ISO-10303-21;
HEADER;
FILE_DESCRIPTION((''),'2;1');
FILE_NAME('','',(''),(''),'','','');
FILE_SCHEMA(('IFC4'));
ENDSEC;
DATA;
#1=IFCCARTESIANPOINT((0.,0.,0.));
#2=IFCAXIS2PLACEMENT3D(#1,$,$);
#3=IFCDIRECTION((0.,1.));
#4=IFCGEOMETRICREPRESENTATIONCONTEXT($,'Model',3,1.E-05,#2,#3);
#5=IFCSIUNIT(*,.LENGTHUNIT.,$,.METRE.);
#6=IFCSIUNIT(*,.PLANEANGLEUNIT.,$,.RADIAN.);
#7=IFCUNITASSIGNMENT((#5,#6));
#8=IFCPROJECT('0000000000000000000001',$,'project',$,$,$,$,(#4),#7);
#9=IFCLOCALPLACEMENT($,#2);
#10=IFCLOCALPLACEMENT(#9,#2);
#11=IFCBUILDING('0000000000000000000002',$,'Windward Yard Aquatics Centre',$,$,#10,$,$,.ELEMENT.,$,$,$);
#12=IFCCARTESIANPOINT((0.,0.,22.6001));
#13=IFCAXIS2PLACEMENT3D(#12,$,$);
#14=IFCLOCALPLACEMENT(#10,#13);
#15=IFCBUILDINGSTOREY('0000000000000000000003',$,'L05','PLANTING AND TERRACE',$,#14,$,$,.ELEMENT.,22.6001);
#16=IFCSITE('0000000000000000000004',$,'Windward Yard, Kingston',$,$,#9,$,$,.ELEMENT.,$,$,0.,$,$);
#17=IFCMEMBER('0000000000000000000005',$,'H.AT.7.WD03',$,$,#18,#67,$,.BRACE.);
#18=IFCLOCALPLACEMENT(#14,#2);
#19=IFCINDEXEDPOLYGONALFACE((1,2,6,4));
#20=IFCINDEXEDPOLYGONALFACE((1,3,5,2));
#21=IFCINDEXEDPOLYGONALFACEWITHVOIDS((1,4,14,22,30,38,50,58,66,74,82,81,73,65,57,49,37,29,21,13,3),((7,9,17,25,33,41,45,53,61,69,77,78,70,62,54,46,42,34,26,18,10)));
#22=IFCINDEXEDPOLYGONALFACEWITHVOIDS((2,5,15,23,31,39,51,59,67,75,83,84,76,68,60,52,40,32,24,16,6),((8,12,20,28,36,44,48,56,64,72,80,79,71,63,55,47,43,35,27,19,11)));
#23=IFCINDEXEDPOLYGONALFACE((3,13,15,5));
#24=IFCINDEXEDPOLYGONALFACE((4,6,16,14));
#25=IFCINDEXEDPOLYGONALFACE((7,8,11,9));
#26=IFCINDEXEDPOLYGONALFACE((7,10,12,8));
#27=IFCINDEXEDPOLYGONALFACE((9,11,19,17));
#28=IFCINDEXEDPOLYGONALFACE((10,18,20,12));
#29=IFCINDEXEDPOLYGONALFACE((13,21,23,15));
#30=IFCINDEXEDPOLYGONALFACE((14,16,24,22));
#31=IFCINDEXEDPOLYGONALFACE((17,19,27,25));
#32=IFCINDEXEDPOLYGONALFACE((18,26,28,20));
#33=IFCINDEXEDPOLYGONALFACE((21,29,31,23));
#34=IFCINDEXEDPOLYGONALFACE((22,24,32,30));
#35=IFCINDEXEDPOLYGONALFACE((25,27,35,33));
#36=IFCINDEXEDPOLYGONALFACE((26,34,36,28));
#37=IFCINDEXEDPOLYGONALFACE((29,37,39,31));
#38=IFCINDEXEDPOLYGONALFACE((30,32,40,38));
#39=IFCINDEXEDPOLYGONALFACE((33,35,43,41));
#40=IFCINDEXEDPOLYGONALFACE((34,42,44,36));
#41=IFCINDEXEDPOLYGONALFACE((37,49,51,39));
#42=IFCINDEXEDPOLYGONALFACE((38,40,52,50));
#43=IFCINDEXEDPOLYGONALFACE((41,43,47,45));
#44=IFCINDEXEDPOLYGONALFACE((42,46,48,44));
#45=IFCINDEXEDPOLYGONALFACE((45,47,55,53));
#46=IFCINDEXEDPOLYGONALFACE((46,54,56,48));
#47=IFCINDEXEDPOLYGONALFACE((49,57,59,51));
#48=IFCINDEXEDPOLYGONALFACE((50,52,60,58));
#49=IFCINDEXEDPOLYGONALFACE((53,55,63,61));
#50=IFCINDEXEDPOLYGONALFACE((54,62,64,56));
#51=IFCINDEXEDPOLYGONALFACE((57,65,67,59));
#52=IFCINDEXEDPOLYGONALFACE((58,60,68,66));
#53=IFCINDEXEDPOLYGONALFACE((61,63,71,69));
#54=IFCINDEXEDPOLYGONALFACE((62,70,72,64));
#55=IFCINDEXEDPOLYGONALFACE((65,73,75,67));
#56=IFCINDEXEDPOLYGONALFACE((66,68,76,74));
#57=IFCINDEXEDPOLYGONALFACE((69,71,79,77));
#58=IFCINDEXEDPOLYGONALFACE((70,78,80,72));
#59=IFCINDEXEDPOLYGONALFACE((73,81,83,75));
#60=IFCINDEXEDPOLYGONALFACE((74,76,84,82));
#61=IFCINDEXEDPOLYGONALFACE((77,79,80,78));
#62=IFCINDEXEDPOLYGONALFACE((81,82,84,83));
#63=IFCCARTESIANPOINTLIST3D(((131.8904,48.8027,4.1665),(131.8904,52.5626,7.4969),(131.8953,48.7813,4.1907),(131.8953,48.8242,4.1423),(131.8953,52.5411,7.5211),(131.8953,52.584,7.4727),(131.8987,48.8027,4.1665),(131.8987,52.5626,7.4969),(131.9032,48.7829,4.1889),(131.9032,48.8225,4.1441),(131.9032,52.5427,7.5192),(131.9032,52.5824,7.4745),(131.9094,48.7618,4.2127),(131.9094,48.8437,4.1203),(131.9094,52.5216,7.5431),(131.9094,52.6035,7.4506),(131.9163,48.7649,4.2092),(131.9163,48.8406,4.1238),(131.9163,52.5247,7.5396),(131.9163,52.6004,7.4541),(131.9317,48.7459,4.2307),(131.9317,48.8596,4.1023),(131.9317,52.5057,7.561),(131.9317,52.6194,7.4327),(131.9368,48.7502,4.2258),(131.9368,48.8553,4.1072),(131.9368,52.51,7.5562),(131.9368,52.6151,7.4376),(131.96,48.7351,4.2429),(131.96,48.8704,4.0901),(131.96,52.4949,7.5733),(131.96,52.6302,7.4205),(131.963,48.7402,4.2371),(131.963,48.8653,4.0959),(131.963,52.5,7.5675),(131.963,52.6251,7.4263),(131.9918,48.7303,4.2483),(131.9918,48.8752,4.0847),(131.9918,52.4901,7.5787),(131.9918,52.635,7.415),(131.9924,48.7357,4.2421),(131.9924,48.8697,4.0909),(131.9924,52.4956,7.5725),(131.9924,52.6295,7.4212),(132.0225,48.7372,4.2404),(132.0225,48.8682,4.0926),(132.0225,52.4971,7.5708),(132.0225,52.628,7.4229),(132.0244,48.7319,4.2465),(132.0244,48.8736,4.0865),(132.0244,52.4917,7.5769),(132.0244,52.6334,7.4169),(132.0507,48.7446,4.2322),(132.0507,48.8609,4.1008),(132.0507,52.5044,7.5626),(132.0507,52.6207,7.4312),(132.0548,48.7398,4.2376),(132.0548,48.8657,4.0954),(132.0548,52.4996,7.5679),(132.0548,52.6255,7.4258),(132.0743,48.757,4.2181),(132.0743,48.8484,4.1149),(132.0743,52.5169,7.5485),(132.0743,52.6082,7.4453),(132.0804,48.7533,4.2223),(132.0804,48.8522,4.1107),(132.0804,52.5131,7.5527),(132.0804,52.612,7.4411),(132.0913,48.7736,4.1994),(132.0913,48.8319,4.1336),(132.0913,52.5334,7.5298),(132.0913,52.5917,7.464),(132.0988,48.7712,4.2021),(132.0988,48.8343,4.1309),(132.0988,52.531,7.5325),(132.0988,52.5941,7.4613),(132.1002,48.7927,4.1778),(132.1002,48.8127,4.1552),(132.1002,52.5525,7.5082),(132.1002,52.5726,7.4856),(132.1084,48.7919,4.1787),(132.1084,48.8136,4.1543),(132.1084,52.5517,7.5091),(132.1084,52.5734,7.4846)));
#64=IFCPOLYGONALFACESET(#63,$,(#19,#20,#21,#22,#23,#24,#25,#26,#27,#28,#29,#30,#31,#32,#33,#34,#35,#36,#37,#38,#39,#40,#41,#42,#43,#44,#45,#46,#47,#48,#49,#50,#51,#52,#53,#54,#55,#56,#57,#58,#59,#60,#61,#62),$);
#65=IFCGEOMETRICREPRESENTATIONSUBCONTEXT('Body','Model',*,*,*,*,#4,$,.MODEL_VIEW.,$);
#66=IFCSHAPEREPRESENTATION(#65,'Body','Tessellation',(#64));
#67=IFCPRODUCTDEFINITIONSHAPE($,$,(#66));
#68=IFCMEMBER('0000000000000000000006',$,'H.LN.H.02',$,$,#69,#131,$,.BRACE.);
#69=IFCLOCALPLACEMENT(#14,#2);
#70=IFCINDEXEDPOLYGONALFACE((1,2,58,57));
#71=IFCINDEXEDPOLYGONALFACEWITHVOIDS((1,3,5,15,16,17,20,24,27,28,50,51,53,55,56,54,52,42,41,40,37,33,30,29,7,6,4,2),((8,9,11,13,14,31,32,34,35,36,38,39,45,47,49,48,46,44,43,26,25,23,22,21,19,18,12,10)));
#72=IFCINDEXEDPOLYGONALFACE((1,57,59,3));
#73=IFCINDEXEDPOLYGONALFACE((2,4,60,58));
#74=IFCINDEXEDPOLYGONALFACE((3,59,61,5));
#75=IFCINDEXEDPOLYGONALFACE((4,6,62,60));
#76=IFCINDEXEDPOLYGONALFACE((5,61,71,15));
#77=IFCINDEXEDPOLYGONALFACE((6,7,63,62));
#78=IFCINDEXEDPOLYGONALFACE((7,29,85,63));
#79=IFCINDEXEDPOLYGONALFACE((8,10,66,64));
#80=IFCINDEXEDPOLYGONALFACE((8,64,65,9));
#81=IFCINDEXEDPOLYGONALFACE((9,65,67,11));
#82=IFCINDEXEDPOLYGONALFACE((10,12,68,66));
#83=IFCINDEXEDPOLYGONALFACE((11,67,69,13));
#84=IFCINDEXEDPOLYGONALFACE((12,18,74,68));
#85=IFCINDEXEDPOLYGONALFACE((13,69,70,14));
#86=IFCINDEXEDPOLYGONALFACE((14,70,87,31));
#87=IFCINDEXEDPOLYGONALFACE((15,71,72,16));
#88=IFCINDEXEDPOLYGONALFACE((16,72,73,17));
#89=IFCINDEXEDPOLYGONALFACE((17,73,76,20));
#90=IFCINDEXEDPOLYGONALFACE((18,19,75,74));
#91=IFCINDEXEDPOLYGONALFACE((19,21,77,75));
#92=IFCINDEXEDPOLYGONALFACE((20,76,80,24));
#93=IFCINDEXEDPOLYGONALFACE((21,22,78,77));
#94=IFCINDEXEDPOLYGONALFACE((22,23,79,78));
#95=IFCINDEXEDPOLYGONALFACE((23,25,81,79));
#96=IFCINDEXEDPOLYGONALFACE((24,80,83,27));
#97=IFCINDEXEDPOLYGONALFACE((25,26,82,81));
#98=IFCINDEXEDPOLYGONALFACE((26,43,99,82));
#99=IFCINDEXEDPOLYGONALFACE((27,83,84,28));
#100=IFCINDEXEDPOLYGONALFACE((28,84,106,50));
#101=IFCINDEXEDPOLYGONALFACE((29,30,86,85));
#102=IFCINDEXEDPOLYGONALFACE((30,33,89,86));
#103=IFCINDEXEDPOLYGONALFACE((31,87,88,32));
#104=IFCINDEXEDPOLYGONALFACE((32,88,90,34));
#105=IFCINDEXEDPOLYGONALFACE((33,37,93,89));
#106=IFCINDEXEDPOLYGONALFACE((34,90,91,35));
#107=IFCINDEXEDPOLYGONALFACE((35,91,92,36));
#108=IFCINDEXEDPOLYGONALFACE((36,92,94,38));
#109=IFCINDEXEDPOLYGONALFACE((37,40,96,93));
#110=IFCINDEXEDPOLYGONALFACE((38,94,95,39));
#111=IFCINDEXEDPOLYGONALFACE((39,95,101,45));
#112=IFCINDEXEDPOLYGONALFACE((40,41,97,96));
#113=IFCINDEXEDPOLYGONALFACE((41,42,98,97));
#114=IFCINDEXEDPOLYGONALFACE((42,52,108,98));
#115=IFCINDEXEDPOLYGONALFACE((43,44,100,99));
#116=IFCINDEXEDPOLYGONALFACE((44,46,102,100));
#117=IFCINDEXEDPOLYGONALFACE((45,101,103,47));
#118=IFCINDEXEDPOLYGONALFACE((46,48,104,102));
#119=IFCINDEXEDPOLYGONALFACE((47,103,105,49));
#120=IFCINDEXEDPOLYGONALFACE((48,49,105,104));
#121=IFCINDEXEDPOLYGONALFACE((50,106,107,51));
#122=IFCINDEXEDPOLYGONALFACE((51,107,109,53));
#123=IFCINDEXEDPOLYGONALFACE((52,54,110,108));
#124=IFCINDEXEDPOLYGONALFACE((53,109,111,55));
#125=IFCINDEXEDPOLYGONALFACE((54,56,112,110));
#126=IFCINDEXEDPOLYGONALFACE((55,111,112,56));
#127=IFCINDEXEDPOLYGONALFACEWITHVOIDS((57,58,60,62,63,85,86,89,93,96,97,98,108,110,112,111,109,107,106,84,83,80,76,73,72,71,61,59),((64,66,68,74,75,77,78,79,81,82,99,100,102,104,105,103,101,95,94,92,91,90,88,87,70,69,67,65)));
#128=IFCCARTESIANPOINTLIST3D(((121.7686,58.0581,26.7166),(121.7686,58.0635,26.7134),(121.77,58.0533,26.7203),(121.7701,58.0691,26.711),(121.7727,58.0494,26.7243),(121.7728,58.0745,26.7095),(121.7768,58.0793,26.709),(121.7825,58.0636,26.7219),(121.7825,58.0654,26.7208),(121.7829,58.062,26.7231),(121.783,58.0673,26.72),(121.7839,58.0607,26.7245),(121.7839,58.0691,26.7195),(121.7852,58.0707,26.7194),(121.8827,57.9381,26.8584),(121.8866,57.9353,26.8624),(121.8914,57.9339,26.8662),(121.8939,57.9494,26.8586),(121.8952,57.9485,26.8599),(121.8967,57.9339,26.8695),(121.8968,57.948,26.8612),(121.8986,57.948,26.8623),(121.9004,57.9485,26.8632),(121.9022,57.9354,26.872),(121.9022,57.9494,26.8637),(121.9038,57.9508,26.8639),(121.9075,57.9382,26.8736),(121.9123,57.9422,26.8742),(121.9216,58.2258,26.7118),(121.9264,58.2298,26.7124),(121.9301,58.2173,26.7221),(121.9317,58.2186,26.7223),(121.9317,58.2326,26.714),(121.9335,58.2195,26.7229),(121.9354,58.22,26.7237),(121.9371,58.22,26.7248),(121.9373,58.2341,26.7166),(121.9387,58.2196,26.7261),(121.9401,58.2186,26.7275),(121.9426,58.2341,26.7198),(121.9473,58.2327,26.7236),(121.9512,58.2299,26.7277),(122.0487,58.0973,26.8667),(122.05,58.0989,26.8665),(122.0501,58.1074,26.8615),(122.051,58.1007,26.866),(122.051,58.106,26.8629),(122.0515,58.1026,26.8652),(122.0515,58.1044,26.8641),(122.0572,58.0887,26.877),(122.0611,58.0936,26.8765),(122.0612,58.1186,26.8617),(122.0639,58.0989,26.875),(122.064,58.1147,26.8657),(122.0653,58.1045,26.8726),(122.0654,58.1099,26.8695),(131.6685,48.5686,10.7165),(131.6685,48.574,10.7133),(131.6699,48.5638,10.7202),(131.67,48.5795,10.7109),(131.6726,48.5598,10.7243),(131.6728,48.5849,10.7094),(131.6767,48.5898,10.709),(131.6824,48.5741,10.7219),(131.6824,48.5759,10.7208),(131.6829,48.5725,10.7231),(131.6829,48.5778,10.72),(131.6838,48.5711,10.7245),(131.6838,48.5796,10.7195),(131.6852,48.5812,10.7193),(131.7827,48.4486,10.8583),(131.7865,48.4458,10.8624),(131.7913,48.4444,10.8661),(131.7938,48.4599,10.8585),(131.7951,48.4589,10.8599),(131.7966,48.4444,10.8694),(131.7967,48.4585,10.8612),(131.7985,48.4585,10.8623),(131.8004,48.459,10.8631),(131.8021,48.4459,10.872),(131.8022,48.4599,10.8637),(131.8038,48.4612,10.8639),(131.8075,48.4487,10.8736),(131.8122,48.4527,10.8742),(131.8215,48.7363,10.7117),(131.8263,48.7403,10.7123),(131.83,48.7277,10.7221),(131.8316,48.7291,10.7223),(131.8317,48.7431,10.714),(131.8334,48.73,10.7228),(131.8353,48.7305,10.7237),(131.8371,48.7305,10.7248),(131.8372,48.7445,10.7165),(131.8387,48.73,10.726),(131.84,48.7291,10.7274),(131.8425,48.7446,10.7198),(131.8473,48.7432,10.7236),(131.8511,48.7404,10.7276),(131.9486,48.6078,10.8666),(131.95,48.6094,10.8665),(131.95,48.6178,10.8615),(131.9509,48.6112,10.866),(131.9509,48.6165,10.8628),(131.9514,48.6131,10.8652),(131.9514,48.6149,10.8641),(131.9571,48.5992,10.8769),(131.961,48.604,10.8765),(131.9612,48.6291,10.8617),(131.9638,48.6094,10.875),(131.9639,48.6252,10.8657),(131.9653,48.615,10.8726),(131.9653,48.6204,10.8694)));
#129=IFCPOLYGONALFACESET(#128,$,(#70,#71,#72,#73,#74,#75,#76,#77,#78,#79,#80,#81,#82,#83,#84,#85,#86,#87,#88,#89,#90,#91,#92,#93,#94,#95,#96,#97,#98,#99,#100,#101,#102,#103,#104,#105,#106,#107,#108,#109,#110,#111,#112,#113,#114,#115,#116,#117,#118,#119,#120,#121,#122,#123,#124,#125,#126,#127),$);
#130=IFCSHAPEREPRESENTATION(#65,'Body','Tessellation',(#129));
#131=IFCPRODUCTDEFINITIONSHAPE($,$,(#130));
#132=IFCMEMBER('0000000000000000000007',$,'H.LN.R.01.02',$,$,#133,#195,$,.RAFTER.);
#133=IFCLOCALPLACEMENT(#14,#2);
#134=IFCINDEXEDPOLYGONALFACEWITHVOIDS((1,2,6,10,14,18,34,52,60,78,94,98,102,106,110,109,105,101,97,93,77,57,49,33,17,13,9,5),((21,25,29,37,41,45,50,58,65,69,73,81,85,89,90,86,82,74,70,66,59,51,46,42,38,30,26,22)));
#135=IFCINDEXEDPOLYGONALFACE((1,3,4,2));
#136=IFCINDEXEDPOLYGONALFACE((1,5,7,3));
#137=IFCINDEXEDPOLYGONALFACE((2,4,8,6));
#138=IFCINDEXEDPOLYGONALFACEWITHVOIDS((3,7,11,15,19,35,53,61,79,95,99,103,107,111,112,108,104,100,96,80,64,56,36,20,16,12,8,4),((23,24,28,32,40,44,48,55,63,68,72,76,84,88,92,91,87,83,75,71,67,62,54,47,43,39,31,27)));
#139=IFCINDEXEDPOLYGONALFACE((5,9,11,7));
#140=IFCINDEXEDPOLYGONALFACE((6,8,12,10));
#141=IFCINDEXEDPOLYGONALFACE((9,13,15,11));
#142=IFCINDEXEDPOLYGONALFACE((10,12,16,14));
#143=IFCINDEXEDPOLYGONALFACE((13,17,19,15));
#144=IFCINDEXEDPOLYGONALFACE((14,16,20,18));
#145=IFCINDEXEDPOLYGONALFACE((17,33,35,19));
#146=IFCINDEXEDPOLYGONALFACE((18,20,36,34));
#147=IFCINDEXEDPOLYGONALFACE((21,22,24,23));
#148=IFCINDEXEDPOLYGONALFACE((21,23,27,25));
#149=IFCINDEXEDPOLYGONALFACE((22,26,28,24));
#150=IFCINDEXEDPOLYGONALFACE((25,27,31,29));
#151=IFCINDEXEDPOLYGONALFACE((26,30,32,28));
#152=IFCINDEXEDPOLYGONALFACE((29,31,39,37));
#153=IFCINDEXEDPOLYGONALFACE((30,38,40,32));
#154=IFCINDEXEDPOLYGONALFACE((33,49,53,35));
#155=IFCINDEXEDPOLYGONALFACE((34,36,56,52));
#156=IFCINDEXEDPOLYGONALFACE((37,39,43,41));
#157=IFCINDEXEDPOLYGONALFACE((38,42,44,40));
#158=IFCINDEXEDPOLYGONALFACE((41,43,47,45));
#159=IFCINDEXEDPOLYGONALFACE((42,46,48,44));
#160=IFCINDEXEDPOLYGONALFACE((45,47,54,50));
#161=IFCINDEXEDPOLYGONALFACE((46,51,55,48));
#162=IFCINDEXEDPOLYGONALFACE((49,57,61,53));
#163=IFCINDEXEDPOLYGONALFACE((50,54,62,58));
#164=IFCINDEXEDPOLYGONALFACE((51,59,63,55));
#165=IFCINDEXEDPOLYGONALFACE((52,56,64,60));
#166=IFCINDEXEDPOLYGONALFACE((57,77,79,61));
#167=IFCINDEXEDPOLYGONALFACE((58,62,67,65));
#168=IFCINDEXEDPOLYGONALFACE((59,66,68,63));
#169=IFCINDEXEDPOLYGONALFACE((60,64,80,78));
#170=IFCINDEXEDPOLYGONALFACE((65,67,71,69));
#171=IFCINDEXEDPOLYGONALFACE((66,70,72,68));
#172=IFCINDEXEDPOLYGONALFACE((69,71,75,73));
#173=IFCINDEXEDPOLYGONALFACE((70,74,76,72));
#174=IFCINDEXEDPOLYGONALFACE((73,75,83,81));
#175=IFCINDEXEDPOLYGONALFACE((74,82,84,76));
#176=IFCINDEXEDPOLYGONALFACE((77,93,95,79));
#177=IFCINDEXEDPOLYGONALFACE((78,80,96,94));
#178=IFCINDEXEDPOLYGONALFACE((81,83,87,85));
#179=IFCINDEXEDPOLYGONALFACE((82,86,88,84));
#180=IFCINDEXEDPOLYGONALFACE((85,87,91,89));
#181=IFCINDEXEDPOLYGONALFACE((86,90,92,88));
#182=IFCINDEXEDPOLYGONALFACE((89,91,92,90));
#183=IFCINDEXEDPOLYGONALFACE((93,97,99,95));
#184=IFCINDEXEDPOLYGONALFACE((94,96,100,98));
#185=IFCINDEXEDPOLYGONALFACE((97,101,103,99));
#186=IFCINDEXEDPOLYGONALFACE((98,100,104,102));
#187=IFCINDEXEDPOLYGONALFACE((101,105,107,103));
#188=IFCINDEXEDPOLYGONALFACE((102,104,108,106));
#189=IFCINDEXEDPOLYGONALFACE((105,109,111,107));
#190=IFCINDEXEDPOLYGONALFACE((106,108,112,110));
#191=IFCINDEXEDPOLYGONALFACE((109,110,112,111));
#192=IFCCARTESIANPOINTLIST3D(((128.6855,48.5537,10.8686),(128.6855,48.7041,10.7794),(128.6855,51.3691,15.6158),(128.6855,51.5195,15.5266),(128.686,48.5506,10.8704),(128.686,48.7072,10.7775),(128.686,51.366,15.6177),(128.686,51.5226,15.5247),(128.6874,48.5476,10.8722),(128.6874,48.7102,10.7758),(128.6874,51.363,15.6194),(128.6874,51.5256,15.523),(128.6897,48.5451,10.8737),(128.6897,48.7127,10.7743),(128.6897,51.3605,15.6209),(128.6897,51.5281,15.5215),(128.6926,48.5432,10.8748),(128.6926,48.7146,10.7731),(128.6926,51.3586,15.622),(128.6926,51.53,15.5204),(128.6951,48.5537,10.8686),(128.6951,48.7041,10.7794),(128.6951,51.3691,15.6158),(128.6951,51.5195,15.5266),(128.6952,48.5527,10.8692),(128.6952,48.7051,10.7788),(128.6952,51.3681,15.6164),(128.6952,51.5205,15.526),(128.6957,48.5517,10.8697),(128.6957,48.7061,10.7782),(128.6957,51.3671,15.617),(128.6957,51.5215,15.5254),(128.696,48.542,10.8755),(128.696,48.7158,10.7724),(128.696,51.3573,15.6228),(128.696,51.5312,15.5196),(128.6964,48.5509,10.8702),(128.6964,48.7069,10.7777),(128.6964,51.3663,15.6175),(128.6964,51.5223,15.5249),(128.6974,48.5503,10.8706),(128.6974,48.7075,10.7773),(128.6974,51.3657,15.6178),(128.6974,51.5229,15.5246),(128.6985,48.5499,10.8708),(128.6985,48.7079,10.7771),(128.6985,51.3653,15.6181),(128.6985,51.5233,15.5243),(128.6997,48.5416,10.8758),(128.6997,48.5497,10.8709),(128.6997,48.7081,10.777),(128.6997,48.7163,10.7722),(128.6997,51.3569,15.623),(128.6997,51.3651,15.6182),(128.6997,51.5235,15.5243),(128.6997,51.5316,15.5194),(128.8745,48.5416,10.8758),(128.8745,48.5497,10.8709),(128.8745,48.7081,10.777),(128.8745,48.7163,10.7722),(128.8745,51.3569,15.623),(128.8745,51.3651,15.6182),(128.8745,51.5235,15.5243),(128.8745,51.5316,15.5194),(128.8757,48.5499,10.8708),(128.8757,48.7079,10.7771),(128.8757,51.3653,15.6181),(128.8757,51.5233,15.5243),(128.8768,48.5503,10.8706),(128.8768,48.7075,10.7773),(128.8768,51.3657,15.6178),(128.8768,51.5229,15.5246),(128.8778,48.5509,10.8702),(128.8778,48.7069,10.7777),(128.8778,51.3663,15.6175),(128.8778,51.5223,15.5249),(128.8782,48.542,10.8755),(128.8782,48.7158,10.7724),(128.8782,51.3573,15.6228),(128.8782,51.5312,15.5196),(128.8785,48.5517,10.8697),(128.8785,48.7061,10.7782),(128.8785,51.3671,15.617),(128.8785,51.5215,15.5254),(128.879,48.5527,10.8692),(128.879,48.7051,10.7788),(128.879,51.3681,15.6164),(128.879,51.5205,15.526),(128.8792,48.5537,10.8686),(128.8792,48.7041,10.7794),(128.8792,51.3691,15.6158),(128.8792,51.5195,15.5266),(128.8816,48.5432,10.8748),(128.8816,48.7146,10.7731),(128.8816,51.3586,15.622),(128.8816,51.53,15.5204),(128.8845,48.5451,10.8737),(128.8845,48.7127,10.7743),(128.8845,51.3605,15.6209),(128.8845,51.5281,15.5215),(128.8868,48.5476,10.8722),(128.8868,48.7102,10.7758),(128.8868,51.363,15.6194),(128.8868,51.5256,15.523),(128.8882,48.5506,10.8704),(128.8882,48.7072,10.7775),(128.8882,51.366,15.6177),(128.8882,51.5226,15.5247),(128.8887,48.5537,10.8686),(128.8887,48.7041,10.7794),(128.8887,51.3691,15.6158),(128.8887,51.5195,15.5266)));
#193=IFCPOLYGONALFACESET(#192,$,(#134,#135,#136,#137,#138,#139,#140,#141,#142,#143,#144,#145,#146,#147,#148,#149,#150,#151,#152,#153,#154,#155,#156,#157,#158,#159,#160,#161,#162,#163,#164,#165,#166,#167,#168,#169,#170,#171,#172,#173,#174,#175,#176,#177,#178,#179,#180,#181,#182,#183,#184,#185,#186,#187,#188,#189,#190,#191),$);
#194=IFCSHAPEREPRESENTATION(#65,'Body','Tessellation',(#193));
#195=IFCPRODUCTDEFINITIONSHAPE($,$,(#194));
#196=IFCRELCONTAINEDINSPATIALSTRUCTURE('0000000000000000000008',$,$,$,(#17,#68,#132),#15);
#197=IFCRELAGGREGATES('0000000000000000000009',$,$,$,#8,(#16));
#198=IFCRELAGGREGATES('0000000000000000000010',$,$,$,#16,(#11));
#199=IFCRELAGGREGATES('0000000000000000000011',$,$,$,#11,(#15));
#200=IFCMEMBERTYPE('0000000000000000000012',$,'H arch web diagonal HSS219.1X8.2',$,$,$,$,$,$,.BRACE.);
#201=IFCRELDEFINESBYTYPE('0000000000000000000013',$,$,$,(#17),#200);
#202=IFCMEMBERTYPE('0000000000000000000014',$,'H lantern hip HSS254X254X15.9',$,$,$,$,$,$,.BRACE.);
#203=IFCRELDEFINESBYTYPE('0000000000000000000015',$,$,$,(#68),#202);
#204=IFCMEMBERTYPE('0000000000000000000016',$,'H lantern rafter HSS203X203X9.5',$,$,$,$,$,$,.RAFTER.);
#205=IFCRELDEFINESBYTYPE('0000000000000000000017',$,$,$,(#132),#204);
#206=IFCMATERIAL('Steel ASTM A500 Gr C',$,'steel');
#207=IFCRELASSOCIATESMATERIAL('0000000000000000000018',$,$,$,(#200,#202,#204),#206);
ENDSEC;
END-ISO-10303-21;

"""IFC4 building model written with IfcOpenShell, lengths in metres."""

from ifc_helpers import new_model, si_unit, direction, frame, origin, origin_2d, place, context, subcontext, project, spatial, hollow_rectangle, hollow_circle, extrude, material, material_profile, profile_set, type_object, element, save


model = new_model("IFC4")

# Units and contexts
model_context = context("Model", 3, precision=1e-05, world=origin(), true_north=direction((0.0, 1.0)))
body_context = subcontext(model_context, "Body", "Model", "MODEL_VIEW")
ifc_project = project(units=[si_unit("LENGTHUNIT", "METRE"), si_unit("PLANEANGLEUNIT", "RADIAN")], contexts=[model_context])

# Site, building, storey
site_placement = place(None, origin())
site = spatial("IfcSite", under=ifc_project, at=site_placement, Name="Windward Yard, Kingston", CompositionType="ELEMENT", RefElevation=0.0)
building_placement = place(site_placement, origin())
building = spatial("IfcBuilding", under=site, at=building_placement, Name="Windward Yard Aquatics Centre", CompositionType="ELEMENT")
storey_placement = place(building_placement, frame((0.0, 0.0, 22.6001)))
storey = spatial("IfcBuildingStorey", under=building, at=storey_placement, Name="L05", Description="PLANTING AND TERRACE", CompositionType="ELEMENT", Elevation=22.6001)

# Members
ifc_material_1 = material(Name="Steel ASTM A500 Gr C", Category="steel")
ifc_material_profile_1 = material_profile(ifc_material_1, hollow_circle(Radius=0.1096, WallThickness=0.0083, at=origin_2d()), Name="HSS219.1X8.2")
ifc_profile_set_1 = profile_set([ifc_material_profile_1], Name="Steel ASTM A500 Gr C")
member_type_1 = type_object("IfcMemberType", Name="H arch web diagonal HSS219.1X8.2", PredefinedType="BRACE", material=ifc_profile_set_1)
member_1_placement = place(storey_placement, frame((132.0, 48.8027, 4.1665), z_axis=(0.0, 0.748564, 0.663062), x_axis=(-1.0, 0.0, 0.0)))
element("IfcMember", 1, at=member_1_placement, inside=storey, type_object=member_type_1, Name="H.AT.7.WD03", PredefinedType="BRACE", context=body_context, shape_type="SweptSolid", body=[
    extrude(hollow_circle(Radius=0.1096, WallThickness=0.0083, at=origin_2d()), origin(), (0.0, 0.0, 1.0), 5.0227),
])
ifc_material_profile_2 = material_profile(ifc_material_1, hollow_rectangle(XDim=0.2539, YDim=0.2539, WallThickness=0.0159, InnerFilletRadius=0.0081, OuterFilletRadius=0.0239, at=origin_2d()), Name="HSS254X254X15.9")
ifc_profile_set_2 = profile_set([ifc_material_profile_2], Name="Steel ASTM A500 Gr C")
member_type_2 = type_object("IfcMemberType", Name="H lantern hip HSS254X254X15.9", PredefinedType="BRACE", material=ifc_profile_set_2)
member_2_placement = place(storey_placement, frame((131.8169, 48.5945, 10.793), z_axis=(-0.469798, 0.450322, 0.759276), x_axis=(-0.703018, -0.711048, -0.01327)))
element("IfcMember", 2, at=member_2_placement, inside=storey, type_object=member_type_2, Name="H.LN.H.02", PredefinedType="BRACE", context=body_context, shape_type="SweptSolid", body=[
    extrude(hollow_rectangle(XDim=0.2539, YDim=0.2539, WallThickness=0.0159, InnerFilletRadius=0.0081, OuterFilletRadius=0.0239, at=origin_2d()), origin(), (0.0, 0.0, 1.0), 21.0728),
])
ifc_material_profile_3 = material_profile(ifc_material_1, hollow_rectangle(XDim=0.2031, YDim=0.2031, WallThickness=0.0095, InnerFilletRadius=0.0046, OuterFilletRadius=0.0142, at=origin_2d()), Name="HSS203X203X9.5")
ifc_profile_set_3 = profile_set([ifc_material_profile_3], Name="Steel ASTM A500 Gr C")
member_type_3 = type_object("IfcMemberType", Name="H lantern rafter HSS203X203X9.5", PredefinedType="RAFTER", material=ifc_profile_set_3)
member_3_placement = place(storey_placement, frame((128.7871, 48.6289, 10.824), z_axis=(0.0, 0.510098, 0.860116), x_axis=(-1.0, 0.0, 0.0)))
element("IfcMember", 3, at=member_3_placement, inside=storey, type_object=member_type_3, Name="H.LN.R.01.02", PredefinedType="RAFTER", context=body_context, shape_type="SweptSolid", body=[
    extrude(hollow_rectangle(XDim=0.2031, YDim=0.2031, WallThickness=0.0095, InnerFilletRadius=0.0046, OuterFilletRadius=0.0142, at=origin_2d()), origin(), (0.0, 0.0, 1.0), 5.5193),
])

save(model, "model.ifc")
